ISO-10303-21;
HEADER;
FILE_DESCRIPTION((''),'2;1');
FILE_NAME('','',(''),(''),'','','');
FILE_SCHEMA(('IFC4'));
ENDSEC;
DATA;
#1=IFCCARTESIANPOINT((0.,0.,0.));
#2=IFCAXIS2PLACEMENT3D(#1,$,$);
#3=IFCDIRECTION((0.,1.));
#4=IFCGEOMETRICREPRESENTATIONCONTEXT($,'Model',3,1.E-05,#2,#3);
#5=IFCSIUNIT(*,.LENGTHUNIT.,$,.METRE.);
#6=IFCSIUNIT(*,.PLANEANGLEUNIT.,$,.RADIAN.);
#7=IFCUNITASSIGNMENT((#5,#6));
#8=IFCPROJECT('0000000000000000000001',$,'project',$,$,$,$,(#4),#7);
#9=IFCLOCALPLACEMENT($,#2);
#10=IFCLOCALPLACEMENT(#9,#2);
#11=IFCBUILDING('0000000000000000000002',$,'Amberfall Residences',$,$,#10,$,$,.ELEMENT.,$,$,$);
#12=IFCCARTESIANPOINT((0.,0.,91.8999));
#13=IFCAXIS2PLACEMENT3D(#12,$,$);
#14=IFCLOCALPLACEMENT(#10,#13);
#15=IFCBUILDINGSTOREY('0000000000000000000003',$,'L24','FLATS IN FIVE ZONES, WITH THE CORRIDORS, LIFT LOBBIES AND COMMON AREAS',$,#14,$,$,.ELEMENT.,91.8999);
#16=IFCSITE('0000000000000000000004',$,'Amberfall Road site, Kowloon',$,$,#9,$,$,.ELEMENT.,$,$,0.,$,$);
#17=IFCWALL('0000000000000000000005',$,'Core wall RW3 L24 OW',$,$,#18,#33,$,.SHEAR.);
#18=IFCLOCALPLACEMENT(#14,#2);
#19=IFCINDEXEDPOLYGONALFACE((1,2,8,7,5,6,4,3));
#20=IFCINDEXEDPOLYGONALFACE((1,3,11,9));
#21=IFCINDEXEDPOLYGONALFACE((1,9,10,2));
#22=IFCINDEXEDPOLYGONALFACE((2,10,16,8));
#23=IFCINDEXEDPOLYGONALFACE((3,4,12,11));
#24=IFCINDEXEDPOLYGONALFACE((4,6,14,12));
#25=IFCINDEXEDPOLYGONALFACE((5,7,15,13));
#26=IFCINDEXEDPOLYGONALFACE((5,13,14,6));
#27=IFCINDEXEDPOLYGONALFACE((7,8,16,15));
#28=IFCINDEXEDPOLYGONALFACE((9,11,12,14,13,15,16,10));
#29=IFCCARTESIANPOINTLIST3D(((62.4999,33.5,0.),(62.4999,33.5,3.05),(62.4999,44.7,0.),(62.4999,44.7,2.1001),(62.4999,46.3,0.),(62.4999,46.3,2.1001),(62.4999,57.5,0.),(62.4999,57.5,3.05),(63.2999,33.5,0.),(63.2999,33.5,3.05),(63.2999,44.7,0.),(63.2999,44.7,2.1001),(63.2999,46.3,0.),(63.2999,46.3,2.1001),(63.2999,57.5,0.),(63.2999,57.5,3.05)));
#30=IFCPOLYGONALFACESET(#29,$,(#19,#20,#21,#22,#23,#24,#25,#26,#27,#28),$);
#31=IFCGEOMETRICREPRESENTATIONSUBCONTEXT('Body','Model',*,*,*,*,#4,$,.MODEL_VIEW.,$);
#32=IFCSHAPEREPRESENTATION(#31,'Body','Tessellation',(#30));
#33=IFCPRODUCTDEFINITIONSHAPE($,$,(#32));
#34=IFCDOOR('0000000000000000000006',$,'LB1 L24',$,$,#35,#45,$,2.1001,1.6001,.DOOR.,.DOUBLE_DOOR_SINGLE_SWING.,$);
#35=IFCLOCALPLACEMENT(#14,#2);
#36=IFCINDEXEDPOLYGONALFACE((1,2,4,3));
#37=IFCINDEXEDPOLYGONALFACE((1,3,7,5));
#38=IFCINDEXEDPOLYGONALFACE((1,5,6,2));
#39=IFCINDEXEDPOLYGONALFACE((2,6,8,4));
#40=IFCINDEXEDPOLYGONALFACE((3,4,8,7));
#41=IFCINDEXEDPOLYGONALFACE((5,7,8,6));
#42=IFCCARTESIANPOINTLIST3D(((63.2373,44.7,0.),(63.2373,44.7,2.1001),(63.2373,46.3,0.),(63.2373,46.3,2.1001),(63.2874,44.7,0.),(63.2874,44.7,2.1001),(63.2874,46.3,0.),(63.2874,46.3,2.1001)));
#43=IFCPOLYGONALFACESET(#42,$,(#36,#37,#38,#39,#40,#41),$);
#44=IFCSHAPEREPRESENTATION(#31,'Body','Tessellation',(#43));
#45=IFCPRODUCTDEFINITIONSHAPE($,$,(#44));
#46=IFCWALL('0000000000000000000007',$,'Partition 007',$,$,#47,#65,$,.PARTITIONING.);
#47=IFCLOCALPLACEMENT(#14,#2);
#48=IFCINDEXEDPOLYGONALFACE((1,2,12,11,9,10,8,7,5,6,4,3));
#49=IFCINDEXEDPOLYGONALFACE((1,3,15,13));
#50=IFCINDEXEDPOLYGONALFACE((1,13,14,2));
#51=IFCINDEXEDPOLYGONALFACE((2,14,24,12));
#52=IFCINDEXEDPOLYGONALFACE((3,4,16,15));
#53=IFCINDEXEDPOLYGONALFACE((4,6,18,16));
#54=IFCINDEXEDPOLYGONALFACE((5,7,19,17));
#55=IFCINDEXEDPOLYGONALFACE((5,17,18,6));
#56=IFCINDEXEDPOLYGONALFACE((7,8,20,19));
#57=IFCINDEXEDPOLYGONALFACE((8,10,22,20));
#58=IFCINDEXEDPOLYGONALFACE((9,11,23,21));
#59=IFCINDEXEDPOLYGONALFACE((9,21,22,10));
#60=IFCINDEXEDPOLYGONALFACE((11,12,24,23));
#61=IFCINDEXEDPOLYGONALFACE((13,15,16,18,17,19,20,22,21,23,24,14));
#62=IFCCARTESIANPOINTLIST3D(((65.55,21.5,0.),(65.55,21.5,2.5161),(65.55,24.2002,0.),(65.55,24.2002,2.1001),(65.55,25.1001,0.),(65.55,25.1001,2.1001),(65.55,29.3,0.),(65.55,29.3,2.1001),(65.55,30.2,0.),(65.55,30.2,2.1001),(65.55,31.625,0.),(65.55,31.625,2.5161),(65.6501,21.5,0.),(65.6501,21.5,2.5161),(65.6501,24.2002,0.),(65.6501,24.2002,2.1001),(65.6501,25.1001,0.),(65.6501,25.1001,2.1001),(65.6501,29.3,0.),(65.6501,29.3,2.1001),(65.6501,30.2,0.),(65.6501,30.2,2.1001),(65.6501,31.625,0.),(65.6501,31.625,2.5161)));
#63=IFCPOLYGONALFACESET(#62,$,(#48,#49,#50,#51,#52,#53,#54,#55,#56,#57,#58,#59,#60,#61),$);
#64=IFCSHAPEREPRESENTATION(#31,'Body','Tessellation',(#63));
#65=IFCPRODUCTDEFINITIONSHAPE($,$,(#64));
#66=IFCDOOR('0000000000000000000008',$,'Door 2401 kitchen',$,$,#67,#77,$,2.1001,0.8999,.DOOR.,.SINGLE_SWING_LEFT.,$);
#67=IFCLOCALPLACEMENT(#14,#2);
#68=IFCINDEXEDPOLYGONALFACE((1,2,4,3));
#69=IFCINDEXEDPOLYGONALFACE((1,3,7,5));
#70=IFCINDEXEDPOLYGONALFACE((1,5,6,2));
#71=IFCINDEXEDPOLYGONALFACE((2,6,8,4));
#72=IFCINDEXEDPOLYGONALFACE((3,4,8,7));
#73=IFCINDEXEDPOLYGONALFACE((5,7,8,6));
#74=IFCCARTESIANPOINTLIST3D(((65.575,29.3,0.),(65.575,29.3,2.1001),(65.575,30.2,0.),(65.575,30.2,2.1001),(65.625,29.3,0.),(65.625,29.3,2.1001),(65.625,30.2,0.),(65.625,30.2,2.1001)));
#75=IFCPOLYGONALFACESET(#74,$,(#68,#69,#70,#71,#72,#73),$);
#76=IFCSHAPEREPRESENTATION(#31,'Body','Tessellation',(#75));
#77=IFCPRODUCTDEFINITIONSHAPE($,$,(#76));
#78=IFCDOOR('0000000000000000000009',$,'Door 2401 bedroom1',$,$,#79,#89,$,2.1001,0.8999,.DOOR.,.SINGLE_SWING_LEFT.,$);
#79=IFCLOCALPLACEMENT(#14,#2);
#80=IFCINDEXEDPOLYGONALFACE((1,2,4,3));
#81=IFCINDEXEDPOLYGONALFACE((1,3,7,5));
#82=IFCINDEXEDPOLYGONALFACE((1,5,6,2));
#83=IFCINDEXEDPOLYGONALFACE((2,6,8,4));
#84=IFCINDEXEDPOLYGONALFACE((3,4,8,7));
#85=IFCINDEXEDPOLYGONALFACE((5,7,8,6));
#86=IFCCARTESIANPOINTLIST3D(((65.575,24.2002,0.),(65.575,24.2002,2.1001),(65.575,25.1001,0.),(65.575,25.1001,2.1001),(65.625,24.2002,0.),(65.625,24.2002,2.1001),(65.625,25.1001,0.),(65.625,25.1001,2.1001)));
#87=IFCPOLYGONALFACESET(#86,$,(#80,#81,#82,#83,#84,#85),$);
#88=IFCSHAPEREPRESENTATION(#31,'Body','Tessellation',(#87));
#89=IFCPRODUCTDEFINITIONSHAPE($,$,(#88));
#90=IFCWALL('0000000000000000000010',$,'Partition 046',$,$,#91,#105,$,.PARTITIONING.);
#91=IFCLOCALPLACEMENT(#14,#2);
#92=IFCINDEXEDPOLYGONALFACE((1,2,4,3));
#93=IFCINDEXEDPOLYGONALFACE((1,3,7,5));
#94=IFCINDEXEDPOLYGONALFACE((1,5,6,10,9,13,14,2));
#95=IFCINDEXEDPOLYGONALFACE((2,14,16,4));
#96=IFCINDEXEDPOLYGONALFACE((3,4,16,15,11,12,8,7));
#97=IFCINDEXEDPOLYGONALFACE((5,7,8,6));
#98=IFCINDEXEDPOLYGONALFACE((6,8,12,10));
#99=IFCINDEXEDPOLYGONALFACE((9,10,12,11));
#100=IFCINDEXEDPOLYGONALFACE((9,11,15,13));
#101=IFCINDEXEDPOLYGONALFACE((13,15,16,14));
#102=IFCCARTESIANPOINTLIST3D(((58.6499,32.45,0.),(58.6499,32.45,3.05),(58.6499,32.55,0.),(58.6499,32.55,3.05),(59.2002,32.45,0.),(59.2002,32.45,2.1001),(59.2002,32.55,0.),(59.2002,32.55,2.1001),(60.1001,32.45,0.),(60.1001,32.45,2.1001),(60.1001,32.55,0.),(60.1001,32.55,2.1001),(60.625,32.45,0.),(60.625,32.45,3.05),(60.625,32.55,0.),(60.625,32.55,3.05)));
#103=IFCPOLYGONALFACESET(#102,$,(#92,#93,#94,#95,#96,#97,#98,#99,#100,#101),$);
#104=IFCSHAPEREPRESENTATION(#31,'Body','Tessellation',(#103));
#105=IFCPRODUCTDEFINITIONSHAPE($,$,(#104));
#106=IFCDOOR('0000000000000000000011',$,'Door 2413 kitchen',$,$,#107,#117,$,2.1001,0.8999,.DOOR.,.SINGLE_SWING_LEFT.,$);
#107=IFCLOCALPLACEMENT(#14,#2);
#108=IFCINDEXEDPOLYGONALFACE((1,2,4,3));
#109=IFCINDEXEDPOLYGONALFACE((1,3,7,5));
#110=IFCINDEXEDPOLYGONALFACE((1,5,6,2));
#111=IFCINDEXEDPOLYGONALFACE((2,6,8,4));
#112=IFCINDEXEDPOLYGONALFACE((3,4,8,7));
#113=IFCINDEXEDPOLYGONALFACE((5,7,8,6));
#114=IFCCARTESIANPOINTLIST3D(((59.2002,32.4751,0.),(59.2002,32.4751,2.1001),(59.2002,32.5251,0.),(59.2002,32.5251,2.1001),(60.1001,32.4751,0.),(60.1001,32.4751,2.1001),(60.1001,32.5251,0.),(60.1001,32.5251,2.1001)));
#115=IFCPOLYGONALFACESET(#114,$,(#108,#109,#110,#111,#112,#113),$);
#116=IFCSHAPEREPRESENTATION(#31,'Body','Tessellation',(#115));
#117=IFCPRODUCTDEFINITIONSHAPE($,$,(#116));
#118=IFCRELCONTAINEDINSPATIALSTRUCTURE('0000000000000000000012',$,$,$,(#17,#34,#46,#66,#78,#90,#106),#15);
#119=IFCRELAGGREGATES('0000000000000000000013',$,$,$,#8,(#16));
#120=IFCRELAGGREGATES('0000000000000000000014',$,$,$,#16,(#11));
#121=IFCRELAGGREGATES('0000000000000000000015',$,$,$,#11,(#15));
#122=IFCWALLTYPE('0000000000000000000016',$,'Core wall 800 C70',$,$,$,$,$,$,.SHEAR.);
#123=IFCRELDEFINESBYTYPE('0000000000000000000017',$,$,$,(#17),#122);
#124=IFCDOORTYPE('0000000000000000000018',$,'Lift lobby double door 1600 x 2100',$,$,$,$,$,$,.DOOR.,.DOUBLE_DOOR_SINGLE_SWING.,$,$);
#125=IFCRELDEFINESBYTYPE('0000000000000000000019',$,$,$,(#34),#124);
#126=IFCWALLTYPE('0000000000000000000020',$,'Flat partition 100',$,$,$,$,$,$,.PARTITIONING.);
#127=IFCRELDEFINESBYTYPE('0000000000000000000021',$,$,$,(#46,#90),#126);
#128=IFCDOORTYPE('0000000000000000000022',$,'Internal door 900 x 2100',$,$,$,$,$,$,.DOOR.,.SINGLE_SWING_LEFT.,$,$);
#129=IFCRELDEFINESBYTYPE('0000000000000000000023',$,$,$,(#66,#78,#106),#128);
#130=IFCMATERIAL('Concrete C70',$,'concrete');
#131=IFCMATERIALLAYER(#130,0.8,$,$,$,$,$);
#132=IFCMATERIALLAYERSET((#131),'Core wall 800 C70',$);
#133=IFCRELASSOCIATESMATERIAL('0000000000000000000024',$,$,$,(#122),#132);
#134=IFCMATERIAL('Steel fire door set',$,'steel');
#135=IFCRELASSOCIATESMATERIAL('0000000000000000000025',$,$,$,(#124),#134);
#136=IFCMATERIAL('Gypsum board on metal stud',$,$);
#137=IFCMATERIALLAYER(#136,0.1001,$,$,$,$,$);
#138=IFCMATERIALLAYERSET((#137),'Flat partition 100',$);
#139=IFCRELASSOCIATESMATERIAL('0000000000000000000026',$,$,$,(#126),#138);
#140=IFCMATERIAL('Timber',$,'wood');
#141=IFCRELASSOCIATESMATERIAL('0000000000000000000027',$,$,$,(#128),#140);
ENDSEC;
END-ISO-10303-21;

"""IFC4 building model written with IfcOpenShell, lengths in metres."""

from ifc_helpers import new_model, si_unit, direction, frame, frame_2d, origin, place, context, subcontext, project, spatial, rectangle, extrude, material, layer, layer_set, type_object, element, fill, save


model = new_model("IFC4")

# Units and contexts
model_context = context("Model", 3, precision=1e-05, world=origin(), true_north=direction((0.0, 1.0)))
body_context = subcontext(model_context, "Body", "Model", "MODEL_VIEW")
ifc_project = project(units=[si_unit("LENGTHUNIT", "METRE"), si_unit("PLANEANGLEUNIT", "RADIAN")], contexts=[model_context])

# Site, building, storey
site_placement = place(None, origin())
site = spatial("IfcSite", under=ifc_project, at=site_placement, Name="Amberfall Road site, Kowloon", CompositionType="ELEMENT", RefElevation=0.0)
building_placement = place(site_placement, origin())
building = spatial("IfcBuilding", under=site, at=building_placement, Name="Amberfall Residences", CompositionType="ELEMENT")
storey_placement = place(building_placement, frame((0.0, 0.0, 91.8999)))
storey = spatial("IfcBuildingStorey", under=building, at=storey_placement, Name="L24", Description="FLATS IN FIVE ZONES, WITH THE CORRIDORS, LIFT LOBBIES AND COMMON AREAS", CompositionType="ELEMENT", Elevation=91.8999)

# Shared definitions
ifc_material_1 = material(Name="Concrete C70", Category="concrete")
ifc_material_2 = material(Name="Steel fire door set", Category="steel")

# Shared definitions
ifc_layer_1 = layer(ifc_material_1, 0.8)
ifc_layer_set_1 = layer_set([ifc_layer_1], Name="Core wall 800 C70")
wall_type_1 = type_object("IfcWallType", Name="Core wall 800 C70", PredefinedType="SHEAR", material=ifc_layer_set_1)

# Wall, opening, door
wall_1_placement = place(storey_placement, frame((62.8999, 33.5, 0.0), z_axis=(0.0, 0.0, 1.0), x_axis=(0.0, 1.0, 0.0)))
wall_1 = element("IfcWall", 1, at=wall_1_placement, inside=storey, type_object=wall_type_1, Name="Core wall RW3 L24 OW", PredefinedType="SHEAR", context=body_context, shape_type="SweptSolid", body=[
    extrude(rectangle(XDim=24.0, YDim=0.8, at=frame_2d((12.0, 0.0))), origin(), (0.0, 0.0, 1.0), 3.05),
])
opening_1_placement = place(wall_1_placement, frame((11.2, 0.0, 0.0)))
opening_1 = element("IfcOpeningElement", 2, at=opening_1_placement, cuts=wall_1, PredefinedType="OPENING", context=body_context, shape_type="SweptSolid", body=[
    extrude(rectangle(XDim=1.6001, YDim=2.1001, at=frame_2d((0.8, 1.05))), frame((0.0, 0.4099, 0.0), z_axis=(0.0, -1.0, 0.0), x_axis=(1.0, 0.0, 0.0)), (0.0, 0.0, 1.0), 0.8201),
])
door_type_1 = type_object("IfcDoorType", Name="Lift lobby double door 1600 x 2100", OperationType="DOUBLE_DOOR_SINGLE_SWING", PredefinedType="DOOR", material=ifc_material_2)
door_1_placement = place(opening_1_placement, origin())
door_1 = element("IfcDoor", 3, at=door_1_placement, inside=storey, type_object=door_type_1, Name="LB1 L24", OperationType="DOUBLE_DOOR_SINGLE_SWING", OverallHeight=2.1001, OverallWidth=1.6001, PredefinedType="DOOR", context=body_context, shape_type="SweptSolid", body=[
    extrude(rectangle(XDim=1.6001, YDim=2.1001, at=frame_2d((0.8, 1.05))), frame((0.0, -0.3374, 0.0), z_axis=(0.0, -1.0, 0.0), x_axis=(1.0, 0.0, 0.0)), (0.0, 0.0, 1.0), 0.05),
])
fill(opening_1, door_1)

# Wall, openings, doors
ifc_material_3 = material(Name="Gypsum board on metal stud")
ifc_layer_2 = layer(ifc_material_3, 0.1001)
ifc_layer_set_2 = layer_set([ifc_layer_2], Name="Flat partition 100")
wall_type_2 = type_object("IfcWallType", Name="Flat partition 100", PredefinedType="PARTITIONING", material=ifc_layer_set_2)
wall_2_placement = place(storey_placement, frame((65.6001, 31.625, 0.0), z_axis=(0.0, 0.0, 1.0), x_axis=(0.0, -1.0, 0.0)))
wall_2 = element("IfcWall", 4, at=wall_2_placement, inside=storey, type_object=wall_type_2, Name="Partition 007", PredefinedType="PARTITIONING", context=body_context, shape_type="SweptSolid", body=[
    extrude(rectangle(XDim=10.125, YDim=0.1001, at=frame_2d((5.0625, 0.0))), origin(), (0.0, 0.0, 1.0), 2.5161),
])
opening_2_placement = place(wall_2_placement, frame((1.425, 0.0, 0.0)))
opening_2 = element("IfcOpeningElement", 5, at=opening_2_placement, cuts=wall_2, PredefinedType="OPENING", context=body_context, shape_type="SweptSolid", body=[
    extrude(rectangle(XDim=0.8999, YDim=2.1001, at=frame_2d((0.45, 1.05))), frame((0.0, 0.0601, 0.0), z_axis=(0.0, -1.0, 0.0), x_axis=(1.0, 0.0, 0.0)), (0.0, 0.0, 1.0), 0.1201),
])
opening_3_placement = place(wall_2_placement, frame((6.5249, 0.0, 0.0)))
opening_3 = element("IfcOpeningElement", 6, at=opening_3_placement, cuts=wall_2, PredefinedType="OPENING", context=body_context, shape_type="SweptSolid", body=[
    extrude(rectangle(XDim=0.8999, YDim=2.1001, at=frame_2d((0.45, 1.05))), frame((0.0, 0.0601, 0.0), z_axis=(0.0, -1.0, 0.0), x_axis=(1.0, 0.0, 0.0)), (0.0, 0.0, 1.0), 0.1201),
])
ifc_material_4 = material(Name="Timber", Category="wood")
door_type_2 = type_object("IfcDoorType", Name="Internal door 900 x 2100", OperationType="SINGLE_SWING_LEFT", PredefinedType="DOOR", material=ifc_material_4)
door_2_placement = place(opening_2_placement, origin())
door_2 = element("IfcDoor", 7, at=door_2_placement, inside=storey, type_object=door_type_2, Name="Door 2401 kitchen", OperationType="SINGLE_SWING_LEFT", OverallHeight=2.1001, OverallWidth=0.8999, PredefinedType="DOOR", context=body_context, shape_type="SweptSolid", body=[
    extrude(rectangle(XDim=0.8999, YDim=2.1001, at=frame_2d((0.45, 1.05))), frame((0.0, 0.0249, 0.0), z_axis=(0.0, -1.0, 0.0), x_axis=(1.0, 0.0, 0.0)), (0.0, 0.0, 1.0), 0.05),
])
fill(opening_2, door_2)
door_3_placement = place(opening_3_placement, origin())
door_3 = element("IfcDoor", 8, at=door_3_placement, inside=storey, type_object=door_type_2, Name="Door 2401 bedroom1", OperationType="SINGLE_SWING_LEFT", OverallHeight=2.1001, OverallWidth=0.8999, PredefinedType="DOOR", context=body_context, shape_type="SweptSolid", body=[
    extrude(rectangle(XDim=0.8999, YDim=2.1001, at=frame_2d((0.45, 1.05))), frame((0.0, 0.0249, 0.0), z_axis=(0.0, -1.0, 0.0), x_axis=(1.0, 0.0, 0.0)), (0.0, 0.0, 1.0), 0.05),
])
fill(opening_3, door_3)

# Wall, opening, door
wall_3_placement = place(storey_placement, frame((60.625, 32.5, 0.0), z_axis=(0.0, 0.0, 1.0), x_axis=(-1.0, 0.0, 0.0)))
wall_3 = element("IfcWall", 9, at=wall_3_placement, inside=storey, type_object=wall_type_2, Name="Partition 046", PredefinedType="PARTITIONING", context=body_context, shape_type="SweptSolid", body=[
    extrude(rectangle(XDim=1.9751, YDim=0.1001, at=frame_2d((0.9875, 0.0))), origin(), (0.0, 0.0, 1.0), 3.05),
])
opening_4_placement = place(wall_3_placement, frame((0.5249, 0.0, 0.0)))
opening_4 = element("IfcOpeningElement", 10, at=opening_4_placement, cuts=wall_3, PredefinedType="OPENING", context=body_context, shape_type="SweptSolid", body=[
    extrude(rectangle(XDim=0.8999, YDim=2.1001, at=frame_2d((0.45, 1.05))), frame((0.0, 0.0601, 0.0), z_axis=(0.0, -1.0, 0.0), x_axis=(1.0, 0.0, 0.0)), (0.0, 0.0, 1.0), 0.1201),
])
door_4_placement = place(opening_4_placement, origin())
door_4 = element("IfcDoor", 11, at=door_4_placement, inside=storey, type_object=door_type_2, Name="Door 2413 kitchen", OperationType="SINGLE_SWING_LEFT", OverallHeight=2.1001, OverallWidth=0.8999, PredefinedType="DOOR", context=body_context, shape_type="SweptSolid", body=[
    extrude(rectangle(XDim=0.8999, YDim=2.1001, at=frame_2d((0.45, 1.05))), frame((0.0, 0.0249, 0.0), z_axis=(0.0, -1.0, 0.0), x_axis=(1.0, 0.0, 0.0)), (0.0, 0.0, 1.0), 0.05),
])
fill(opening_4, door_4)

save(model, "model.ifc")
